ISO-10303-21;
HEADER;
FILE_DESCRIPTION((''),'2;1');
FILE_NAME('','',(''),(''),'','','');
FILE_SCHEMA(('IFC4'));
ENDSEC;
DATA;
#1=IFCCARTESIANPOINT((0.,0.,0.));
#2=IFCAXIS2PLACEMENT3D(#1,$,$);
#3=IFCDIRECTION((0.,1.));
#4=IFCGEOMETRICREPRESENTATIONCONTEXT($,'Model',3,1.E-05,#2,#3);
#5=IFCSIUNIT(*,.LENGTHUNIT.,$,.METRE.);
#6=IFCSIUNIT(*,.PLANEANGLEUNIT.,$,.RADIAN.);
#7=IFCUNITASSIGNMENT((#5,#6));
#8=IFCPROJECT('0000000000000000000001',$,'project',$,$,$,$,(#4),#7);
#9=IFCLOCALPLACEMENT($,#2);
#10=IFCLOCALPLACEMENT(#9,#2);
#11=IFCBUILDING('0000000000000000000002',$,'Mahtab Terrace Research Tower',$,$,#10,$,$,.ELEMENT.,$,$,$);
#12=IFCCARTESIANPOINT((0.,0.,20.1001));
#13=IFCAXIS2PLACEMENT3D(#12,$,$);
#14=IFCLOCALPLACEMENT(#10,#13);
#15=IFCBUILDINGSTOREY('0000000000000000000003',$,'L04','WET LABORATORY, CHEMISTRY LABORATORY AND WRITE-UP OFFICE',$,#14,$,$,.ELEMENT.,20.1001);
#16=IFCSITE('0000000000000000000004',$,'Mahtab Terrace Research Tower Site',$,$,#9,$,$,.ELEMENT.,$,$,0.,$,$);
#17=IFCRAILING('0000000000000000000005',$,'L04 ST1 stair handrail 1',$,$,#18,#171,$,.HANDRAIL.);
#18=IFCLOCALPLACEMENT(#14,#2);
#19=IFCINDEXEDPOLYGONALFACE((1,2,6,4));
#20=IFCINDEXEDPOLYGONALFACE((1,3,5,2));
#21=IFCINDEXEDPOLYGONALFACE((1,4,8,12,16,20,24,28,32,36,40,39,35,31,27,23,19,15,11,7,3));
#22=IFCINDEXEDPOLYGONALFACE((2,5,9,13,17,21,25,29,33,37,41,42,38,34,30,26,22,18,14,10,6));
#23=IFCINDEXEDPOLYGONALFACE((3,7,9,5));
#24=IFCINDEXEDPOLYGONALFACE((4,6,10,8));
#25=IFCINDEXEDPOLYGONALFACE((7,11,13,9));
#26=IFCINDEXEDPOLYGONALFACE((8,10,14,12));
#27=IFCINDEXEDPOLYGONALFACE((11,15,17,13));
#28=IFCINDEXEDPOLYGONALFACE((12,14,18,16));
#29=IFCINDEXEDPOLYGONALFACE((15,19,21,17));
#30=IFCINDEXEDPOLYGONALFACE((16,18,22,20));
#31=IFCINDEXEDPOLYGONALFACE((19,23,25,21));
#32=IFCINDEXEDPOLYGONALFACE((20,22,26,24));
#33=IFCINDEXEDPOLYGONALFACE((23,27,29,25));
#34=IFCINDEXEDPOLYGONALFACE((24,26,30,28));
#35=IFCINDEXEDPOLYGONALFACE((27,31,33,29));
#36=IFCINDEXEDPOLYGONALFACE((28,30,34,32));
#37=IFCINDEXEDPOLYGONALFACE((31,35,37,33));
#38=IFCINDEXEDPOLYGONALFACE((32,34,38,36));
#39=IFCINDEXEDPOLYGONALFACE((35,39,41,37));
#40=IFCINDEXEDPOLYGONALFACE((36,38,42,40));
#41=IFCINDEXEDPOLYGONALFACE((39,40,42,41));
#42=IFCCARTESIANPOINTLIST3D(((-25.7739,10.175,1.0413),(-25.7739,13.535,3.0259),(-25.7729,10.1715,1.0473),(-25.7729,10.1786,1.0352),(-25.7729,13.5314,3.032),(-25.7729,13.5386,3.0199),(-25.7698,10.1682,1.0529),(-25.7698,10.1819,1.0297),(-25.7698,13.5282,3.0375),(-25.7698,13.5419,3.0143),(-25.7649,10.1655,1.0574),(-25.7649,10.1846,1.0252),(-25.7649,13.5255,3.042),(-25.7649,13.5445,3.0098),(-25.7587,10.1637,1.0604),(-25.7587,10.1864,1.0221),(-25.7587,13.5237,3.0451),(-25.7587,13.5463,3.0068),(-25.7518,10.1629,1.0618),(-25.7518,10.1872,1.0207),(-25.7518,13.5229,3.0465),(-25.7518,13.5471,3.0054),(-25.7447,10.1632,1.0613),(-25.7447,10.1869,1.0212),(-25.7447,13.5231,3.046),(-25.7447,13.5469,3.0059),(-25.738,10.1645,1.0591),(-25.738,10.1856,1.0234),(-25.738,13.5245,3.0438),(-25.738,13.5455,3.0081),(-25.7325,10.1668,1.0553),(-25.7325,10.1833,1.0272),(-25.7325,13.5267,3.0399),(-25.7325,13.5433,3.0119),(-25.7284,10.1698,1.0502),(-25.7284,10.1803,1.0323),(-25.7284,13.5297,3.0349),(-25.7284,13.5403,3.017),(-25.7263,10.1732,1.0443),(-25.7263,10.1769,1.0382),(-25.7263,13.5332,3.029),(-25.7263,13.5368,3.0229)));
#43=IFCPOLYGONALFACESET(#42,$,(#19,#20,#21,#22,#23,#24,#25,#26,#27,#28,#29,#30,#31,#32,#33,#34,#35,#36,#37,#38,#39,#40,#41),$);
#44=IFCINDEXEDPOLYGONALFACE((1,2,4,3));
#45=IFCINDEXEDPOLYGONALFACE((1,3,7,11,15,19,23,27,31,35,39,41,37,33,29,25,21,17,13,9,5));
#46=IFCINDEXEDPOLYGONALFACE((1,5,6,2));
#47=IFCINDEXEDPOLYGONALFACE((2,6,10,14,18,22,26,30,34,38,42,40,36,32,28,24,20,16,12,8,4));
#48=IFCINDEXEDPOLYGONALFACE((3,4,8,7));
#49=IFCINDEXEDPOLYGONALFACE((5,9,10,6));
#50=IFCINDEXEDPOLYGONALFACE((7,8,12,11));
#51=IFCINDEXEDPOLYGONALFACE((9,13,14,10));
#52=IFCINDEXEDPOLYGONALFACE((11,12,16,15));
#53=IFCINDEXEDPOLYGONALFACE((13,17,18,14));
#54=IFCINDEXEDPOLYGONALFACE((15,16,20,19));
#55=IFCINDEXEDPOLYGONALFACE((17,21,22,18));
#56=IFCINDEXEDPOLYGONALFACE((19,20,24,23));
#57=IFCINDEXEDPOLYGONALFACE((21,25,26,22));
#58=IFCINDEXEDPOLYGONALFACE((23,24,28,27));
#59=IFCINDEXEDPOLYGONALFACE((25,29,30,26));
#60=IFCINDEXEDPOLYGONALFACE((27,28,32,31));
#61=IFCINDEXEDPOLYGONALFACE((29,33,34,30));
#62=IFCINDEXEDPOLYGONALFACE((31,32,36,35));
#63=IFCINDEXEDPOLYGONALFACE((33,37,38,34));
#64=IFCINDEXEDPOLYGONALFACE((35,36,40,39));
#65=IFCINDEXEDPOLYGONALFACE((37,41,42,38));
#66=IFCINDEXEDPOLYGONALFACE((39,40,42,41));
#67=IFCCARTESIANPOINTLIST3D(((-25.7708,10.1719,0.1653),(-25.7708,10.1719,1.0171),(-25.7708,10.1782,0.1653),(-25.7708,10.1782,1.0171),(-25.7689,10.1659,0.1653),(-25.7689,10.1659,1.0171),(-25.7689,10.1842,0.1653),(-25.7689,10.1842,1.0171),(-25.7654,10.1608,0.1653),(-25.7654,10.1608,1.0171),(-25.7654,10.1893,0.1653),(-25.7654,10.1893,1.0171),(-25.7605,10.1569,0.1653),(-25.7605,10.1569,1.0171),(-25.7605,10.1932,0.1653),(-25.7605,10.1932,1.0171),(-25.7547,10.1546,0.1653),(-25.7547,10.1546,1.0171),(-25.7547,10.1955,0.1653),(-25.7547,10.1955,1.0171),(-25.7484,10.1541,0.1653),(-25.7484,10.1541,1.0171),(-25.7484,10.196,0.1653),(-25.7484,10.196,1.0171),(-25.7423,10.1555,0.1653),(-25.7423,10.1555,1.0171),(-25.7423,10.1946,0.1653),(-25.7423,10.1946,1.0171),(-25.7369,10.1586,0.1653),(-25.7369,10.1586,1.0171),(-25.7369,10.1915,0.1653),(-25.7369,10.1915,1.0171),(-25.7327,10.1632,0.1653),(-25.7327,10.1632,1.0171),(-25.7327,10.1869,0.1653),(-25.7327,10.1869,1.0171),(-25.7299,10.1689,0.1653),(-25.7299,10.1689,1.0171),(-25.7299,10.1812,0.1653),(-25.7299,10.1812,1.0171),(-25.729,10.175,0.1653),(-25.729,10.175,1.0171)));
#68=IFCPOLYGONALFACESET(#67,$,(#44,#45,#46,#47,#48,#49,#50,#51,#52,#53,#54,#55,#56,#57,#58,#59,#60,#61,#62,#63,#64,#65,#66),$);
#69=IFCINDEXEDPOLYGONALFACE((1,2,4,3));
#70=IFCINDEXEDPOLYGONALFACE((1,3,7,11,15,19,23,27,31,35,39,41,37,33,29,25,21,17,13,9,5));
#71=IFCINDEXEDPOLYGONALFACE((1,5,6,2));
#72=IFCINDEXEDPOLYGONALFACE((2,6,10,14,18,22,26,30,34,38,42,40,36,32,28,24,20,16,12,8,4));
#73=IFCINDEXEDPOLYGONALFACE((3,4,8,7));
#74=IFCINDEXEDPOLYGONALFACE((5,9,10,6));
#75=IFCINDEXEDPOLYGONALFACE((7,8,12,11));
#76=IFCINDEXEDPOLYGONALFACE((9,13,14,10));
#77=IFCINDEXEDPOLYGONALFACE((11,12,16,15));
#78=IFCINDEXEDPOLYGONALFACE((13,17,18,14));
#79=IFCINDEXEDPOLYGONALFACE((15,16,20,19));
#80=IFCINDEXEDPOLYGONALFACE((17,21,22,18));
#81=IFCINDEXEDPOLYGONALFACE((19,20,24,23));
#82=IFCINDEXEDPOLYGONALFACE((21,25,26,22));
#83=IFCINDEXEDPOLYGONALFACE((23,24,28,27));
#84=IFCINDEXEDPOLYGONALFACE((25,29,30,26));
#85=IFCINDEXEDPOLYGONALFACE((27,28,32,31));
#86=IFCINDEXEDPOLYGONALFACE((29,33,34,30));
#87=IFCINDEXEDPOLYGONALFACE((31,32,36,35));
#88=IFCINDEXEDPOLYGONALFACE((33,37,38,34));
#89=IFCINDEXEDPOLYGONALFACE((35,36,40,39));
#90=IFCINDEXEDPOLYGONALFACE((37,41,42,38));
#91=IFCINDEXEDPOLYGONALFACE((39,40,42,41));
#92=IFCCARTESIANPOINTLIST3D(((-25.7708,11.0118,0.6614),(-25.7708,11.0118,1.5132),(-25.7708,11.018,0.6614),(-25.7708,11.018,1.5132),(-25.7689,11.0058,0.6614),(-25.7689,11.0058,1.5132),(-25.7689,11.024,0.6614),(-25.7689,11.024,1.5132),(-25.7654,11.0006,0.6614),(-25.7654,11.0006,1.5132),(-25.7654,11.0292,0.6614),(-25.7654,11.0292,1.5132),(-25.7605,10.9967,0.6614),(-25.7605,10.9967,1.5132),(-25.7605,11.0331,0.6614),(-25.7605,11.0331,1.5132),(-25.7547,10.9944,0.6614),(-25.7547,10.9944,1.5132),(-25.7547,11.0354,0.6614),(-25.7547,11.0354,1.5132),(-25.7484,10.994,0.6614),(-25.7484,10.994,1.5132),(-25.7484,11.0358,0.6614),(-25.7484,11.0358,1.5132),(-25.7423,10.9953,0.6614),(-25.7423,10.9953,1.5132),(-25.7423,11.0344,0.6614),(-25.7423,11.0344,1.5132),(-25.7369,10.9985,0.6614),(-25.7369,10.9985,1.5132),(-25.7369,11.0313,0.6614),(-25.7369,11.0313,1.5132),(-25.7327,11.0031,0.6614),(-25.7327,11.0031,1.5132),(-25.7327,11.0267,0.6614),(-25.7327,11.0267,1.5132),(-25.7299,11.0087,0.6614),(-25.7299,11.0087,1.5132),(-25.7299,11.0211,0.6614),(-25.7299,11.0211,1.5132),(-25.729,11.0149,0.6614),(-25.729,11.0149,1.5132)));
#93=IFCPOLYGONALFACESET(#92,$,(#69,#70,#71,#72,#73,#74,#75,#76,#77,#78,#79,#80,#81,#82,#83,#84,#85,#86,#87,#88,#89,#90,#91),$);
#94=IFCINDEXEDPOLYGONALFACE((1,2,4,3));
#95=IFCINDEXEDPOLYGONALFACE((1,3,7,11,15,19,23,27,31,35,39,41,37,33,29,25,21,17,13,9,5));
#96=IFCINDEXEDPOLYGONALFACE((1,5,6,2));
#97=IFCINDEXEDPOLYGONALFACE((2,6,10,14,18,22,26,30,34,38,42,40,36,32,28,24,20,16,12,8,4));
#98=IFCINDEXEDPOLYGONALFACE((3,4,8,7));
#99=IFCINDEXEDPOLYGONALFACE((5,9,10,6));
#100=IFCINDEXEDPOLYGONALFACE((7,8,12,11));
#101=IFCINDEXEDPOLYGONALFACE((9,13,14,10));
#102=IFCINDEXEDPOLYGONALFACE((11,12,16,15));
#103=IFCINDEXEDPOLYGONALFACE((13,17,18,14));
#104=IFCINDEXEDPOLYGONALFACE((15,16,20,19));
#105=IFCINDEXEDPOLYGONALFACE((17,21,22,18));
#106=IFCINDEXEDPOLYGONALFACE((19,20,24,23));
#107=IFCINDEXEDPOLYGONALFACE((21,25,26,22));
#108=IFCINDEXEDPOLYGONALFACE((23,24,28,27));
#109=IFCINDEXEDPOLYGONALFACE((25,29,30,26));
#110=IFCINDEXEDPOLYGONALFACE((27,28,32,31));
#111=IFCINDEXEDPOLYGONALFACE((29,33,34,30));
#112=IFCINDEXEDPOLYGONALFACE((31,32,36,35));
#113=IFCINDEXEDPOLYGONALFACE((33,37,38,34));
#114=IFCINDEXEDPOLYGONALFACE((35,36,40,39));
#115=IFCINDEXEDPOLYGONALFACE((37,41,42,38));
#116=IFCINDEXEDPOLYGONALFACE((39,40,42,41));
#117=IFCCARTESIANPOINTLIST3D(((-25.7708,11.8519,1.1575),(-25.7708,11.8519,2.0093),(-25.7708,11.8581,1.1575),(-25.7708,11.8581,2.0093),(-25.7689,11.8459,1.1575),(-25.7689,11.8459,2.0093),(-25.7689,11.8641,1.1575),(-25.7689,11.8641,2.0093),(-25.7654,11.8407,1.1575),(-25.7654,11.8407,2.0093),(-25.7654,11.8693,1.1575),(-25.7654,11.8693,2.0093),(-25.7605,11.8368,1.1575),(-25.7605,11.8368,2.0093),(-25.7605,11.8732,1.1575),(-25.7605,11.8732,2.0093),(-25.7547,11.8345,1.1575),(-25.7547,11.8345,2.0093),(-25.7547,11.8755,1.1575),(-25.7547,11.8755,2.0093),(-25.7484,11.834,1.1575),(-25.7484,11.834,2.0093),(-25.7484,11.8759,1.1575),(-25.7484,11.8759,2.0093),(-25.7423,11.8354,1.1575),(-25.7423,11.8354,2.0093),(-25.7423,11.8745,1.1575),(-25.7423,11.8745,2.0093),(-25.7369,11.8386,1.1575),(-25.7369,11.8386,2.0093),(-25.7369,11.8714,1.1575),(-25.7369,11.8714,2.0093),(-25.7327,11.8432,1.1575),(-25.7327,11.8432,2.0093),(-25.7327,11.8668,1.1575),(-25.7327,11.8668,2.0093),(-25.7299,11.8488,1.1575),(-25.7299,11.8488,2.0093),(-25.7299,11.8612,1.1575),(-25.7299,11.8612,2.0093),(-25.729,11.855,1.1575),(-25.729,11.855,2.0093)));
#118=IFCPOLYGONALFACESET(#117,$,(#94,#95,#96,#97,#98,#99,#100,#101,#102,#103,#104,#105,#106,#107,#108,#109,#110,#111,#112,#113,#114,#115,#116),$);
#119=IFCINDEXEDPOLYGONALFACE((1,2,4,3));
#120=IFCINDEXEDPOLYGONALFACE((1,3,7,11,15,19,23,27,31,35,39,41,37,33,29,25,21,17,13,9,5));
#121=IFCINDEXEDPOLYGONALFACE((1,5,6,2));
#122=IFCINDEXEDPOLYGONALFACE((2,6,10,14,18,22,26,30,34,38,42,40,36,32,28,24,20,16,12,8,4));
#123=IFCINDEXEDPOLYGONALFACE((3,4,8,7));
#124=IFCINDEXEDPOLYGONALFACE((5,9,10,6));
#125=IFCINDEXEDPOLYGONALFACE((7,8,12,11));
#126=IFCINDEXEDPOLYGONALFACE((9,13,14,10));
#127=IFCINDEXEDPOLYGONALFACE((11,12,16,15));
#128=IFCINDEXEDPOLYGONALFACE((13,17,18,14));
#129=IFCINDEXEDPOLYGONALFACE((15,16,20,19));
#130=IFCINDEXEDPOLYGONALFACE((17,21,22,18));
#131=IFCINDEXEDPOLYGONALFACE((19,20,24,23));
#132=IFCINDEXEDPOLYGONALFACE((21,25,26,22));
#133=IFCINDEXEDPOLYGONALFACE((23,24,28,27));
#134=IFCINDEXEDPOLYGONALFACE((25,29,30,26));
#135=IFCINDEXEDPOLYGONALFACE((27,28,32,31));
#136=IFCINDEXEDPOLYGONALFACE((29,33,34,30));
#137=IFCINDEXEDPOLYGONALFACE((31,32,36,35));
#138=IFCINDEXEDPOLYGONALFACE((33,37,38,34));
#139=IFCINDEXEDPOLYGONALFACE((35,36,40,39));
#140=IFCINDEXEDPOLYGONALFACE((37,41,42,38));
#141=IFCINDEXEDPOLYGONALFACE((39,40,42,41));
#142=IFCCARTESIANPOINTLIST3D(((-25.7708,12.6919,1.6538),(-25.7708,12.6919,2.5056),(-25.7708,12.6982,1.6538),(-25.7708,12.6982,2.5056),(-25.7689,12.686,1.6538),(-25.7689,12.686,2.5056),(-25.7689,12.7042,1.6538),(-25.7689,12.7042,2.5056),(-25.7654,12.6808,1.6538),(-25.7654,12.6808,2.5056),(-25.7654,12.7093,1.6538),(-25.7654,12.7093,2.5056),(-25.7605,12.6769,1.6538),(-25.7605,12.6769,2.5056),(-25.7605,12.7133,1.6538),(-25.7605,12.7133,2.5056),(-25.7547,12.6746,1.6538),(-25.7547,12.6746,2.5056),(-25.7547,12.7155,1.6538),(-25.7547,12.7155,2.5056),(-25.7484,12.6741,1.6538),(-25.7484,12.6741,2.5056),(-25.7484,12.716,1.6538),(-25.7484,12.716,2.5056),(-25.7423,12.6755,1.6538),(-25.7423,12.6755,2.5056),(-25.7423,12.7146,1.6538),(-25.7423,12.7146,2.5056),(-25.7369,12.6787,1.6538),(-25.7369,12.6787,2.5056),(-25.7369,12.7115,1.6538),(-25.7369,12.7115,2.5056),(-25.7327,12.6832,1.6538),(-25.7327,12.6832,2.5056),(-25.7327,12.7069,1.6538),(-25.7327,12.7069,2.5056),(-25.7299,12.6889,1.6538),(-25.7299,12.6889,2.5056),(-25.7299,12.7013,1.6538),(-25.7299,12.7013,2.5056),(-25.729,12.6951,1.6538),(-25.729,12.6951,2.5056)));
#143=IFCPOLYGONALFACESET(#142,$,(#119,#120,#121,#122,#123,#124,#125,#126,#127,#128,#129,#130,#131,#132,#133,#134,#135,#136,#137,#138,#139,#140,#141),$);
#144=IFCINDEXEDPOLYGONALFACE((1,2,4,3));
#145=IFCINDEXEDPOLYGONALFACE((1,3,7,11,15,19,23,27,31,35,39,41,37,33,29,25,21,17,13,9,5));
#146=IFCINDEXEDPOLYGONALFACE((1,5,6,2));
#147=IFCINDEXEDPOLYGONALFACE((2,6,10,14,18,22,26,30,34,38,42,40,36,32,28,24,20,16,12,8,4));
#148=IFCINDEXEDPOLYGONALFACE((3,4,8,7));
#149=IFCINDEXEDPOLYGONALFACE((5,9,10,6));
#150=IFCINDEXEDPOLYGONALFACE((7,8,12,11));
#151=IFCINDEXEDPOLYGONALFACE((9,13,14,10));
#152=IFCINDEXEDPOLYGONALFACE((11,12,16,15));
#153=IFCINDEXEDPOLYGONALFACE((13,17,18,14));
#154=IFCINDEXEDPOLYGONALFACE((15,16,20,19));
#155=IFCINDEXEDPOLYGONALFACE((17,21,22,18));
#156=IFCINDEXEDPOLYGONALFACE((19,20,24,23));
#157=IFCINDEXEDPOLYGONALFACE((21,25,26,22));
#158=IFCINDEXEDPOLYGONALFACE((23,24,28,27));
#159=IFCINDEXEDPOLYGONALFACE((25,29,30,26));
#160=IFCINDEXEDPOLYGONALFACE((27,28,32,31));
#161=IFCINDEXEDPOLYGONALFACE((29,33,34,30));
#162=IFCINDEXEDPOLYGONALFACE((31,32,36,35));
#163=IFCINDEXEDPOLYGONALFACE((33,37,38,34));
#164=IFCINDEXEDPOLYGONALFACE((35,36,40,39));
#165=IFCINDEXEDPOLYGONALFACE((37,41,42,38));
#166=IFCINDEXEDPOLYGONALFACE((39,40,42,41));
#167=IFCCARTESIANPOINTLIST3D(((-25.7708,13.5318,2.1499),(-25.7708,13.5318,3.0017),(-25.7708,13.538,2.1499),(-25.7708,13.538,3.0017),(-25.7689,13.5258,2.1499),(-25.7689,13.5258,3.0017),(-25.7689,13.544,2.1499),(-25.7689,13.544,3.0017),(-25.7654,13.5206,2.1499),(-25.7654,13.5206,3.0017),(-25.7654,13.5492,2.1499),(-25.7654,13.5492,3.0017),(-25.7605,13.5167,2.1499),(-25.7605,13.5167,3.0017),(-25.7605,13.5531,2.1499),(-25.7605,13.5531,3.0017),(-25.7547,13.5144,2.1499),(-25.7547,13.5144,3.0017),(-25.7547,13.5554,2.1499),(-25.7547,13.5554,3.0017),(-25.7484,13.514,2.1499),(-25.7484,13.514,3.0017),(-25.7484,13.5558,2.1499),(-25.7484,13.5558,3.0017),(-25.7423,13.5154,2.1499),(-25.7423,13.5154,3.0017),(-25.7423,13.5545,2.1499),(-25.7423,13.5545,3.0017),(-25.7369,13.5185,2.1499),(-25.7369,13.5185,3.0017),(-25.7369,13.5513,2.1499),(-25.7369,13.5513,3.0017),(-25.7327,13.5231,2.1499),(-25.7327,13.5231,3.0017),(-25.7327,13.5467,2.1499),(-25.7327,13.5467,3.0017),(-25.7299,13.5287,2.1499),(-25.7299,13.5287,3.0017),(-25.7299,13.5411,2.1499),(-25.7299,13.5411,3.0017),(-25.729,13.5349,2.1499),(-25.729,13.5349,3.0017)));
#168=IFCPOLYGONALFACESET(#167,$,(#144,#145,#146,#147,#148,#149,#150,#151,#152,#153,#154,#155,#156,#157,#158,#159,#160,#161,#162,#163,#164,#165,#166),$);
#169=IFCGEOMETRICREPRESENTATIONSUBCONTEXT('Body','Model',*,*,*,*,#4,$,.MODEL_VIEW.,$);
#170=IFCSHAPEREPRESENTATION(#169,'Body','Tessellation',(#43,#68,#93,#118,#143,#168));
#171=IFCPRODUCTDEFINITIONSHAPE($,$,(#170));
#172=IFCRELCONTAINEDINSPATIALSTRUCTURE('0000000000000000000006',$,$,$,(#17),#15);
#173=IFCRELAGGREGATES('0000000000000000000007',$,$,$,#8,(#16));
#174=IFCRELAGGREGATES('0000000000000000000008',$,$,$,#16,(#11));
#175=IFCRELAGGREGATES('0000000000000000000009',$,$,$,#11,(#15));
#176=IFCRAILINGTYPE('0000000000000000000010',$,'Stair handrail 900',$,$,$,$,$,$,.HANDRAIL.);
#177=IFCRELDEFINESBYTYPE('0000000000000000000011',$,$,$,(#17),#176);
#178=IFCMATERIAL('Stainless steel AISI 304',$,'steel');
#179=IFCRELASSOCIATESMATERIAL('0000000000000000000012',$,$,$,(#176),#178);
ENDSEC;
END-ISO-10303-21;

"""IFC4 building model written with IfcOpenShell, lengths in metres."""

from ifc_helpers import new_model, si_unit, direction, frame, origin, origin_2d, place, context, subcontext, project, spatial, circle, extrude, material, type_object, element, save


model = new_model("IFC4")

# Units and contexts
model_context = context("Model", 3, precision=1e-05, world=origin(), true_north=direction((0.0, 1.0)))
body_context = subcontext(model_context, "Body", "Model", "MODEL_VIEW")
ifc_project = project(units=[si_unit("LENGTHUNIT", "METRE"), si_unit("PLANEANGLEUNIT", "RADIAN")], contexts=[model_context])

# Site, building, storey
site_placement = place(None, origin())
site = spatial("IfcSite", under=ifc_project, at=site_placement, Name="Mahtab Terrace Research Tower Site", CompositionType="ELEMENT", RefElevation=0.0)
building_placement = place(site_placement, origin())
building = spatial("IfcBuilding", under=site, at=building_placement, Name="Mahtab Terrace Research Tower", CompositionType="ELEMENT")
storey_placement = place(building_placement, frame((0.0, 0.0, 20.1001)))
storey = spatial("IfcBuildingStorey", under=building, at=storey_placement, Name="L04", Description="WET LABORATORY, CHEMISTRY LABORATORY AND WRITE-UP OFFICE", CompositionType="ELEMENT", Elevation=20.1001)

# Railing
ifc_material_1 = material(Name="Stainless steel AISI 304", Category="steel")
railing_type_1 = type_object("IfcRailingType", Name="Stair handrail 900", PredefinedType="HANDRAIL", material=ifc_material_1)
railing_1_placement = place(storey_placement, frame((-25.75, 10.175, 0.1653)))
element("IfcRailing", 1, at=railing_1_placement, inside=storey, type_object=railing_type_1, Name="L04 ST1 stair handrail 1", PredefinedType="HANDRAIL", context=body_context, shape_type="SweptSolid", body=[
    extrude(circle(Radius=0.0239, at=origin_2d()), frame((0.0, 0.0, 0.876), z_axis=(0.0, 0.861011, 0.508586), x_axis=(-1.0, 0.0, 0.0)), (0.0, 0.0, 1.0), 3.9023),
    extrude(circle(Radius=0.021, at=origin_2d()), origin(), (0.0, 0.0, 1.0), 0.8518),
    extrude(circle(Radius=0.021, at=origin_2d()), frame((0.0, 0.8398, 0.4961)), (0.0, 0.0, 1.0), 0.8518),
    extrude(circle(Radius=0.021, at=origin_2d()), frame((0.0, 1.6799, 0.9922)), (0.0, 0.0, 1.0), 0.8518),
    extrude(circle(Radius=0.021, at=origin_2d()), frame((0.0, 2.52, 1.4885)), (0.0, 0.0, 1.0), 0.8518),
    extrude(circle(Radius=0.021, at=origin_2d()), frame((0.0, 3.3599, 1.9846)), (0.0, 0.0, 1.0), 0.8518),
])

save(model, "model.ifc")
